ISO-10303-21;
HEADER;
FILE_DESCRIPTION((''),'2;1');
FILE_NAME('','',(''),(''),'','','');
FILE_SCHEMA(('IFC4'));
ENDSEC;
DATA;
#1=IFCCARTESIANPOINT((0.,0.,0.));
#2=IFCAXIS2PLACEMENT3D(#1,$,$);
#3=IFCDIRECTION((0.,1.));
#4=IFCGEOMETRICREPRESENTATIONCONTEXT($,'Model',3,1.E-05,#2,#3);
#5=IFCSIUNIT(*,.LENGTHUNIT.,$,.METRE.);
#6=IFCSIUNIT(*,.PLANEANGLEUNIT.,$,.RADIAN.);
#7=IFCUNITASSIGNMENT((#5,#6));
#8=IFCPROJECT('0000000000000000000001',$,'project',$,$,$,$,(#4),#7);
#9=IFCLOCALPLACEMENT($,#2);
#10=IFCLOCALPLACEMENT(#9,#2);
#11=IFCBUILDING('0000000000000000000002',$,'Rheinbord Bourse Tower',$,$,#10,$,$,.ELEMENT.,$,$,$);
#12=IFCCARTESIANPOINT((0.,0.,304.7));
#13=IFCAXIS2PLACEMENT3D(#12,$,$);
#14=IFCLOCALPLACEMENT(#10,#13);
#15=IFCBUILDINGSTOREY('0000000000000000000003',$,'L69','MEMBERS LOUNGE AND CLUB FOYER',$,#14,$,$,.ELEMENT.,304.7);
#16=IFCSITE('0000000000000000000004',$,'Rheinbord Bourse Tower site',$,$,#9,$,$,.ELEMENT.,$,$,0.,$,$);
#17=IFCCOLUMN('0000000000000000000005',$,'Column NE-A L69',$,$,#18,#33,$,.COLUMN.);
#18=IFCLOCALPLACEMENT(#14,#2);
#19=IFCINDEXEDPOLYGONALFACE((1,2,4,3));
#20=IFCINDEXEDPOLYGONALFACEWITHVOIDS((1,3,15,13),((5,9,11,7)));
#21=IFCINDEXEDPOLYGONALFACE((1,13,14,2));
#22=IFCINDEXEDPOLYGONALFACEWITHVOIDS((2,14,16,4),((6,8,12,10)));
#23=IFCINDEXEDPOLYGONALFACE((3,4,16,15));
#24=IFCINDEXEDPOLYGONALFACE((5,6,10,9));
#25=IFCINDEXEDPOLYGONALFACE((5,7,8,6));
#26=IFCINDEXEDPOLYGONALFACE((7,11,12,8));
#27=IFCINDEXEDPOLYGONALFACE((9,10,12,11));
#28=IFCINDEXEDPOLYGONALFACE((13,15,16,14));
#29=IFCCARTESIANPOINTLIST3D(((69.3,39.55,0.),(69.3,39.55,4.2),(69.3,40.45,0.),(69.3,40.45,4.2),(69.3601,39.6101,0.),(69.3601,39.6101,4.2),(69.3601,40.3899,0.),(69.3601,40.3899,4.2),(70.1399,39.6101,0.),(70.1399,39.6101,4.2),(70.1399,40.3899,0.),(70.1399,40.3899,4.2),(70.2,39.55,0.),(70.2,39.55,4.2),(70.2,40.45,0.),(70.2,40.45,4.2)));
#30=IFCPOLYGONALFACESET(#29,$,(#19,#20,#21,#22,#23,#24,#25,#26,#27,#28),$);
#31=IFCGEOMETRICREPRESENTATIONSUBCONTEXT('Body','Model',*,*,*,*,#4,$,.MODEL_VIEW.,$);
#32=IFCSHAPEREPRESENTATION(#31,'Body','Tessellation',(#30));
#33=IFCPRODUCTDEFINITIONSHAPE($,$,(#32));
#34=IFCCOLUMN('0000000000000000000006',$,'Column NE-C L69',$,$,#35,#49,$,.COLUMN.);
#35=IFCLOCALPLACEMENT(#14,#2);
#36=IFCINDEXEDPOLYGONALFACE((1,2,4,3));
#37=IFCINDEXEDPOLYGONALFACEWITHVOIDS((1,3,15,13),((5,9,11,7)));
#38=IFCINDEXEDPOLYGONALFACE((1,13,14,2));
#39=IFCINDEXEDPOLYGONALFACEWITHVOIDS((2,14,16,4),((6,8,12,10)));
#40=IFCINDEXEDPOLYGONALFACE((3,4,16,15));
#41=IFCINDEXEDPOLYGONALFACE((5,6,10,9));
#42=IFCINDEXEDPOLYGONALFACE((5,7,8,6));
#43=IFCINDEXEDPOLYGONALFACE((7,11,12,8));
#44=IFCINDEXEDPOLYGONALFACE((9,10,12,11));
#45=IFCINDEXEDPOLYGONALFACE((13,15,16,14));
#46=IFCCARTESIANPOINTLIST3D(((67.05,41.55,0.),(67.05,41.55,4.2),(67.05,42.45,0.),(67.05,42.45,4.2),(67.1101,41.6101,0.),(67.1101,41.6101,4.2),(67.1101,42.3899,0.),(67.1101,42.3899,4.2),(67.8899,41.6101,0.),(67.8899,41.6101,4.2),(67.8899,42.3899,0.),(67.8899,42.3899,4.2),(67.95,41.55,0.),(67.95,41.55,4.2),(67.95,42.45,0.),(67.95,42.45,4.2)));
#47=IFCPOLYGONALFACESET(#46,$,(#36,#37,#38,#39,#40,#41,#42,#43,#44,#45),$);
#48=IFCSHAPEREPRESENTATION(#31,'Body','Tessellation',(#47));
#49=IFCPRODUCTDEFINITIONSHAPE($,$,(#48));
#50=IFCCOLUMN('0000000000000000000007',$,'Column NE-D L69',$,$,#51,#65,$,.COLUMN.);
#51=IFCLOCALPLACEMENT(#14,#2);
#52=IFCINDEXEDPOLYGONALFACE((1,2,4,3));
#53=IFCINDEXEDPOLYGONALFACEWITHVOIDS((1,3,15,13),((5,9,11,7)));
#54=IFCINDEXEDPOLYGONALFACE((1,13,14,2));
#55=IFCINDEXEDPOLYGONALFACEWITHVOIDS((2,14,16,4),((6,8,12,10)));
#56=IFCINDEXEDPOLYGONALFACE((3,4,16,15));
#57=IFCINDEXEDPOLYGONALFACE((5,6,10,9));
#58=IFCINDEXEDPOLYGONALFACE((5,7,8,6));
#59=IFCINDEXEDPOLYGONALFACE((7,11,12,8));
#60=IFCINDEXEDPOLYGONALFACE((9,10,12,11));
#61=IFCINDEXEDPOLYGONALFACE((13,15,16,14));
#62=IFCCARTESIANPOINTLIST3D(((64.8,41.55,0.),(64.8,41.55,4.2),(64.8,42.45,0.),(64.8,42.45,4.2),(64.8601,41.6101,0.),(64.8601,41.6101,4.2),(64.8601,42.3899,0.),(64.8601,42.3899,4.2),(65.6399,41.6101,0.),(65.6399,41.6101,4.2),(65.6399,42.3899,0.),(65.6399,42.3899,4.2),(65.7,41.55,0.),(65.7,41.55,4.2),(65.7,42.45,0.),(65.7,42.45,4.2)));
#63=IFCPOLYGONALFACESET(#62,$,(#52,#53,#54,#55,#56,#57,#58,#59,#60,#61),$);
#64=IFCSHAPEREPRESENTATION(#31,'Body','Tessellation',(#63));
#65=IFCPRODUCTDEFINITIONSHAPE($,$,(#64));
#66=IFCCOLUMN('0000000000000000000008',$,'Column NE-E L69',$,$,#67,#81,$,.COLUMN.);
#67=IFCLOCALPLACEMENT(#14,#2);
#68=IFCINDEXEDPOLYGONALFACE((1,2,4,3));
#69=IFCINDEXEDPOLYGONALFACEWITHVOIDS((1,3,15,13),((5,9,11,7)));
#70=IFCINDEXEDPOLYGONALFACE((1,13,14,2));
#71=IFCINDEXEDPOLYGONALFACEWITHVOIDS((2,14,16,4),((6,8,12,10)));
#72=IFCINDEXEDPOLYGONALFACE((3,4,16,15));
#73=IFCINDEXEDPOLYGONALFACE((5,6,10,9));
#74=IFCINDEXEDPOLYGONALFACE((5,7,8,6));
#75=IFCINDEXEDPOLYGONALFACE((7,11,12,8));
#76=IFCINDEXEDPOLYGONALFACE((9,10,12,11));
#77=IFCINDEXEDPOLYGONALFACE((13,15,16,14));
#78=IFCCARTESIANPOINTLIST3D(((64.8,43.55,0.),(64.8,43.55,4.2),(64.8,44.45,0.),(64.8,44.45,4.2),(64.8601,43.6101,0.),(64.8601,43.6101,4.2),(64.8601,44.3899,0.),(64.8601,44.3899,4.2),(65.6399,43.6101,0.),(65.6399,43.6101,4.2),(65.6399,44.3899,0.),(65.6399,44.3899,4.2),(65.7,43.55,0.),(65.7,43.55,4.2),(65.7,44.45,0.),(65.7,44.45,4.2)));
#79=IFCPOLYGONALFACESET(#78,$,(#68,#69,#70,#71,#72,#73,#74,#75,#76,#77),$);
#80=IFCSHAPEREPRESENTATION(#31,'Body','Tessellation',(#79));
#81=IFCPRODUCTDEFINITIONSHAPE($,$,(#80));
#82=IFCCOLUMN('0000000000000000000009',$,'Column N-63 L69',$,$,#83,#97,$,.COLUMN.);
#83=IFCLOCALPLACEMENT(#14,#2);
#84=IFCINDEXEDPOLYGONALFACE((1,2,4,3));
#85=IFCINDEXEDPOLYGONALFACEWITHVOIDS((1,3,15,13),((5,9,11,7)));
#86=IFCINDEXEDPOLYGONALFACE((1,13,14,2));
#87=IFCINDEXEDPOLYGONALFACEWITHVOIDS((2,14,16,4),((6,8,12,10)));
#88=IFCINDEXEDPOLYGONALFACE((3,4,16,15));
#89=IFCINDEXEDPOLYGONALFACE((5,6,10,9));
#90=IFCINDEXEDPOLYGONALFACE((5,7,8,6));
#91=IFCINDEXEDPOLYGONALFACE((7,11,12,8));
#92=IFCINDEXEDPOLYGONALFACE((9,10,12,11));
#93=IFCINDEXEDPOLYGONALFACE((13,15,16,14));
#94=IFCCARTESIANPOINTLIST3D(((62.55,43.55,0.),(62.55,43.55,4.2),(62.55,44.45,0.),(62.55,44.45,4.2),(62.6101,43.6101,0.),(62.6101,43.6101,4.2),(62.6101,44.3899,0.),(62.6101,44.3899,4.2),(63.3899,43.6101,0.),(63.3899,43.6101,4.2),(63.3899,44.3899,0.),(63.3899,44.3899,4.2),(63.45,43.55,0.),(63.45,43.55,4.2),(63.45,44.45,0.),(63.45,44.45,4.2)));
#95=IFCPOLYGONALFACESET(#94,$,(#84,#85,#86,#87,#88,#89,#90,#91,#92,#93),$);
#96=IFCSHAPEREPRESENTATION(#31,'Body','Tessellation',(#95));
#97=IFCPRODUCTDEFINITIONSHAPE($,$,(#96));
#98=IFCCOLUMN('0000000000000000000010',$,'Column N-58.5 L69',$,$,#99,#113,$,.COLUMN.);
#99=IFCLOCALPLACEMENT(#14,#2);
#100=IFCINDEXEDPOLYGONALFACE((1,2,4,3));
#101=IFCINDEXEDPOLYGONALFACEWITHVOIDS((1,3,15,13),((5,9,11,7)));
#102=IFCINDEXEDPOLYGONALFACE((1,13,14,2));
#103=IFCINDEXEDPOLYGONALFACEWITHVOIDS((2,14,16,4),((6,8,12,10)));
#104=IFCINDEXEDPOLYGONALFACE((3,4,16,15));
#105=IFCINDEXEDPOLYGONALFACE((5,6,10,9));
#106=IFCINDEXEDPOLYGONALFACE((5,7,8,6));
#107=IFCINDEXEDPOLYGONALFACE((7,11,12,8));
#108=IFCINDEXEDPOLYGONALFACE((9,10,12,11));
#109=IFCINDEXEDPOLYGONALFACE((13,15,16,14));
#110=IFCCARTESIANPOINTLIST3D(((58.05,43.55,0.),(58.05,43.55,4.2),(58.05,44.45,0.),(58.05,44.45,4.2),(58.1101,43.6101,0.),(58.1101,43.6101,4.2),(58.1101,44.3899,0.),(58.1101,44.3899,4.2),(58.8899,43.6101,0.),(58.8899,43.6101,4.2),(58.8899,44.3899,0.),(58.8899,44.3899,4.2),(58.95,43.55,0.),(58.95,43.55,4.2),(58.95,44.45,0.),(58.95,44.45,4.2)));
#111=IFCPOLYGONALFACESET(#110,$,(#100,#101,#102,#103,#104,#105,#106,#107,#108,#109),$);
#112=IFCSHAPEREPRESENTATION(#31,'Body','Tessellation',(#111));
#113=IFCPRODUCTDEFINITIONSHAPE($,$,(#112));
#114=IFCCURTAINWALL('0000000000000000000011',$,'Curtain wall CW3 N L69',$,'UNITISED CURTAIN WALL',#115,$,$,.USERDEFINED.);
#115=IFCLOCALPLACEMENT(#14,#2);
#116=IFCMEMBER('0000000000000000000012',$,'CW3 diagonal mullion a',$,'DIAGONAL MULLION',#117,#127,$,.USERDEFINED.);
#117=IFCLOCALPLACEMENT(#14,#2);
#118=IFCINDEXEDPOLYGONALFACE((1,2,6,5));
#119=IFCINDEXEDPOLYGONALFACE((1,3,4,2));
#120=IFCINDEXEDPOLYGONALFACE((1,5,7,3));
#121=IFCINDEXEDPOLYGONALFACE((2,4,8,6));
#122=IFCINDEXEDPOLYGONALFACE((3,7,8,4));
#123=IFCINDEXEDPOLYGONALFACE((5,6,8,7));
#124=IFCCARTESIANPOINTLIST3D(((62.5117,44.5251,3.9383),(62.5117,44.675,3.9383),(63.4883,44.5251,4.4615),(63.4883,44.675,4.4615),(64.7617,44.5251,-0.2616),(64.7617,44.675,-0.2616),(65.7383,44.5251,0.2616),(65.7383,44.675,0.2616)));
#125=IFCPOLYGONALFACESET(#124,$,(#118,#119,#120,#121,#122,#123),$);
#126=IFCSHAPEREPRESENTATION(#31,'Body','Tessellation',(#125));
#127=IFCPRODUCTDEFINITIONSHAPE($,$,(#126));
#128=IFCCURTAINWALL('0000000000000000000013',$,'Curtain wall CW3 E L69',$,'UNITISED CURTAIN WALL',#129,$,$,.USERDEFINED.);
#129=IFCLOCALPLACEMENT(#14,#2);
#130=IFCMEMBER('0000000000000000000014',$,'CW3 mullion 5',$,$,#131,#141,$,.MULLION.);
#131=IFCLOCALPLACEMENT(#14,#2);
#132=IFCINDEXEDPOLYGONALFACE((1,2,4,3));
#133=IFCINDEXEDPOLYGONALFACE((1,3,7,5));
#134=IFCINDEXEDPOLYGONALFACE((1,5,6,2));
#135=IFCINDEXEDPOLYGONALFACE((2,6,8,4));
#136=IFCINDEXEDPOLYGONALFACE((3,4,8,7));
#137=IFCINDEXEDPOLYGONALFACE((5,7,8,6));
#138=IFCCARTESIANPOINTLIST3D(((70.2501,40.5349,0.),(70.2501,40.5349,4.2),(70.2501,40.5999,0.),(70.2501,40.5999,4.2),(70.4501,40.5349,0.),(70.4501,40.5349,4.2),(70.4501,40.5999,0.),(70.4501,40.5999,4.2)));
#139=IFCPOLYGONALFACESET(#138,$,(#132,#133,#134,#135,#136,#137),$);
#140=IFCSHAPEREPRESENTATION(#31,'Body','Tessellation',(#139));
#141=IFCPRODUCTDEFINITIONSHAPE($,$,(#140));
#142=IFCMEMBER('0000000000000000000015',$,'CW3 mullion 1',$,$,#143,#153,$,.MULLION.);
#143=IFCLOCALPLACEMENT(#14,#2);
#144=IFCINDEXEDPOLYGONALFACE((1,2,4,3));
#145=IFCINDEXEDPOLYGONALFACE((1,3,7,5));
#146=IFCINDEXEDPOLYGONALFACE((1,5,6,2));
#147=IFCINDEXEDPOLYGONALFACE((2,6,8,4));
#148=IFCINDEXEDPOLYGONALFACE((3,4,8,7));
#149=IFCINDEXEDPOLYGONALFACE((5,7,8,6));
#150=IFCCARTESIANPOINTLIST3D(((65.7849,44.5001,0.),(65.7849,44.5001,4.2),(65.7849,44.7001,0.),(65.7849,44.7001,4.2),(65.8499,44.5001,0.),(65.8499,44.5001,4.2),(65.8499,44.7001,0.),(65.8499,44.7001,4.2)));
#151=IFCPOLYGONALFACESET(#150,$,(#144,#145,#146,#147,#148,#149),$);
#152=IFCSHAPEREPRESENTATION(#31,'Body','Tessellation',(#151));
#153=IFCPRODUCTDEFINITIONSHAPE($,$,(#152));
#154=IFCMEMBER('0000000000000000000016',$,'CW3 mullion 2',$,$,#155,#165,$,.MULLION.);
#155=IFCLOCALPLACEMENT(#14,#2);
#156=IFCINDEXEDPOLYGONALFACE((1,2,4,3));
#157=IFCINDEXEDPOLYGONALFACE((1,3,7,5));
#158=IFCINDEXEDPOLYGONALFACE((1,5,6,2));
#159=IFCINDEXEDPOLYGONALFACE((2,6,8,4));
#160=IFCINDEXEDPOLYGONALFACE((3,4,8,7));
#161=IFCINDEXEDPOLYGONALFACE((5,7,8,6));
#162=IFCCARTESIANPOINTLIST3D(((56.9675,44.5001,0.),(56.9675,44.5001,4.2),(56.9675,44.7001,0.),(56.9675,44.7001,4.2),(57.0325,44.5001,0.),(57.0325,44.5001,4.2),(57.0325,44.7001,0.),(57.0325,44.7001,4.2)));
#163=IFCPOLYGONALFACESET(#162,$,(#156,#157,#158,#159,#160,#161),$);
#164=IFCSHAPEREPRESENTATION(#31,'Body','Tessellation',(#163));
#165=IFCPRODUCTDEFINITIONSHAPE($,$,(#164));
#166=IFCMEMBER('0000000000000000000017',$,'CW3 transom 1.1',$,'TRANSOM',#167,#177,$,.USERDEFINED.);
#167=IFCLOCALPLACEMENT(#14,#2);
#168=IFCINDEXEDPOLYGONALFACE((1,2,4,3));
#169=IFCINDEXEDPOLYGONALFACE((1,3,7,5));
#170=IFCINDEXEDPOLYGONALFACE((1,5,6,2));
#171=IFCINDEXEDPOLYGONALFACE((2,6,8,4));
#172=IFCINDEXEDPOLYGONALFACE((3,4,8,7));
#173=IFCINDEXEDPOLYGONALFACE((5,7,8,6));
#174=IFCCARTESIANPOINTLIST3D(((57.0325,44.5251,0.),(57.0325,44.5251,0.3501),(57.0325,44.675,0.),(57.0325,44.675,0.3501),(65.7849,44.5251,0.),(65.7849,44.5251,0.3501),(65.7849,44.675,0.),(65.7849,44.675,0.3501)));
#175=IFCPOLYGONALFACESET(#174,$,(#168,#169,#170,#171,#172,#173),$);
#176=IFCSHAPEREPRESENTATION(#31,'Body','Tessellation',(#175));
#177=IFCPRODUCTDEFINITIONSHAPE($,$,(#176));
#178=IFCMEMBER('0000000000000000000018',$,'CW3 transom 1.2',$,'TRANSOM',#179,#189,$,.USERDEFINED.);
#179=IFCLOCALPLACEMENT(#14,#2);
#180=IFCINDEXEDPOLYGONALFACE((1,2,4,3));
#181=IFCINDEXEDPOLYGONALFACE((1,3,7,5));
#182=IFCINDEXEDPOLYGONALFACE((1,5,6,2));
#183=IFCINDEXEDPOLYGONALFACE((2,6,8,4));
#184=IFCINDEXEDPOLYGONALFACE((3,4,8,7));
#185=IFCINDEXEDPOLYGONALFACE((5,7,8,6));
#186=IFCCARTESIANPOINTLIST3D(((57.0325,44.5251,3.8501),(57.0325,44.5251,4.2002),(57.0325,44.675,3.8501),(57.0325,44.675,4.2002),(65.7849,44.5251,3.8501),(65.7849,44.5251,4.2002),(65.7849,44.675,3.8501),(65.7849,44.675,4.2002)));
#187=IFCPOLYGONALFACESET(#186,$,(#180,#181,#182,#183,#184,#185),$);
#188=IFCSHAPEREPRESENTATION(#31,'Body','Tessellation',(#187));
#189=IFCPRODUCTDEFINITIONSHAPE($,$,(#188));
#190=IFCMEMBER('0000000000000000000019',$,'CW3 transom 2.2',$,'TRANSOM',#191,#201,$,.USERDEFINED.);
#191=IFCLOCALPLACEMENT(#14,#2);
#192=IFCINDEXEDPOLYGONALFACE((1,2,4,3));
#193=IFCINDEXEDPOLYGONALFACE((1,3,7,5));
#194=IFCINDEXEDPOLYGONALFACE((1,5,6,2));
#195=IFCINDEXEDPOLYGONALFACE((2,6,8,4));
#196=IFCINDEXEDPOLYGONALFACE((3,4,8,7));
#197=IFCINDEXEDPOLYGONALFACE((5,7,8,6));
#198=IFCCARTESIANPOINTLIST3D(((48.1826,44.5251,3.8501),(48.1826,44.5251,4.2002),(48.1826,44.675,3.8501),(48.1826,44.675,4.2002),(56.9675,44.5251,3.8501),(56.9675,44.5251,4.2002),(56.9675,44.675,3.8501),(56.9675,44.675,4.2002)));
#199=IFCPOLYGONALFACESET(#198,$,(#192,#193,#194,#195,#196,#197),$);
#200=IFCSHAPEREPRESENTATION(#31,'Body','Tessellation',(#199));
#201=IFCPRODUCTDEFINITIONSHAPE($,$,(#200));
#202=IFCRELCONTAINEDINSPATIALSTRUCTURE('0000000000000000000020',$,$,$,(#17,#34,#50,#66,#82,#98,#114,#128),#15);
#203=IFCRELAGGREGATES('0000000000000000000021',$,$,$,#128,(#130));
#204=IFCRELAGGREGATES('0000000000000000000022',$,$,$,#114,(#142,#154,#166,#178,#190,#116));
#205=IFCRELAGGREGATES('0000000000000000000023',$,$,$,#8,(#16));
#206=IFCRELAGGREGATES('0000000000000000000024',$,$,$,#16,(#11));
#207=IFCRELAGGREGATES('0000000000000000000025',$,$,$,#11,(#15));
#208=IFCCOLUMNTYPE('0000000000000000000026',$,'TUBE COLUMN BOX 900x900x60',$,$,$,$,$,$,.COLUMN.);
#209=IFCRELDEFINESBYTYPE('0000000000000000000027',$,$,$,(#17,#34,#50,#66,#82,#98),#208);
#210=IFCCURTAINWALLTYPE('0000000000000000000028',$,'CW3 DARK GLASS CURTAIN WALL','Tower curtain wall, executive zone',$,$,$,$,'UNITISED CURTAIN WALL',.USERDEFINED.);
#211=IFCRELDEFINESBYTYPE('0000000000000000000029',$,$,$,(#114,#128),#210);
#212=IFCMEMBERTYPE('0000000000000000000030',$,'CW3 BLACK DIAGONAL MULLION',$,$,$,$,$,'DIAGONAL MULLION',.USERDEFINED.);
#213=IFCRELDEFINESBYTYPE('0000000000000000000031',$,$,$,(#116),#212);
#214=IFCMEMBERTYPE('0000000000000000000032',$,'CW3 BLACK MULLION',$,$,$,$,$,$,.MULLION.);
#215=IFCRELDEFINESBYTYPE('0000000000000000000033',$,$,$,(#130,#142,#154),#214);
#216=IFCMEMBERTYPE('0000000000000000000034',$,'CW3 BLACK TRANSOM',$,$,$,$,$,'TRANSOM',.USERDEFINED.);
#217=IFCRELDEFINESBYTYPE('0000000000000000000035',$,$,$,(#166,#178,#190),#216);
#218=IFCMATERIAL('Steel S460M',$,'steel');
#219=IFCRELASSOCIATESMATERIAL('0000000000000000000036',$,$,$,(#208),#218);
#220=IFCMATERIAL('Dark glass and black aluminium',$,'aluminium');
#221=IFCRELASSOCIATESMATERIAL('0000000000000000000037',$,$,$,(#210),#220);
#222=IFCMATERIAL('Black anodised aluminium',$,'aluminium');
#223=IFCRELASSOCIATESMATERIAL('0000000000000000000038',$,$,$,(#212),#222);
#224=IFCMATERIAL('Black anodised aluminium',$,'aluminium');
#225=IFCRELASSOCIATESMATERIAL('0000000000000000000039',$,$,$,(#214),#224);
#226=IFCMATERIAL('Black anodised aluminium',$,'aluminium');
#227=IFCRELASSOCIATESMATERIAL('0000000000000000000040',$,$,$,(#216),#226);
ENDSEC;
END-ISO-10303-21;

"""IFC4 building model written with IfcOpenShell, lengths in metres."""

from ifc_helpers import new_model, si_unit, direction, frame, origin, origin_2d, place, context, subcontext, project, spatial, rectangle, hollow_rectangle, extrude, material, material_profile, profile_set, type_object, element, aggregate, save


model = new_model("IFC4")

# Units and contexts
model_context = context("Model", 3, precision=1e-05, world=origin(), true_north=direction((0.0, 1.0)))
body_context = subcontext(model_context, "Body", "Model", "MODEL_VIEW")
ifc_project = project(units=[si_unit("LENGTHUNIT", "METRE"), si_unit("PLANEANGLEUNIT", "RADIAN")], contexts=[model_context])

# Site, building, storey
site_placement = place(None, origin())
site = spatial("IfcSite", under=ifc_project, at=site_placement, Name="Rheinbord Bourse Tower site", CompositionType="ELEMENT", RefElevation=0.0)
building_placement = place(site_placement, origin())
building = spatial("IfcBuilding", under=site, at=building_placement, Name="Rheinbord Bourse Tower", CompositionType="ELEMENT")
storey_placement = place(building_placement, frame((0.0, 0.0, 304.7)))
storey = spatial("IfcBuildingStorey", under=building, at=storey_placement, Name="L69", Description="MEMBERS LOUNGE AND CLUB FOYER", CompositionType="ELEMENT", Elevation=304.7)

# Columns
ifc_material_1 = material(Name="Steel S460M", Category="steel")
ifc_material_profile_1 = material_profile(ifc_material_1, hollow_rectangle(XDim=0.8999, YDim=0.8999, WallThickness=0.0601, at=origin_2d()), Name="BOX 900x900x60")
ifc_profile_set_1 = profile_set([ifc_material_profile_1], Name="Steel S460M")
column_type = type_object("IfcColumnType", Name="TUBE COLUMN BOX 900x900x60", PredefinedType="COLUMN", material=ifc_profile_set_1)
for number, where, z_axis, x_axis, name in (
    (1, (69.75, 40.0, 0.0), (0.0, 0.0, 1.0), (1.0, 0.0, 0.0), "Column NE-A L69"),
    (2, (67.5, 42.0, 0.0), (0.0, 0.0, 1.0), (1.0, 0.0, 0.0), "Column NE-C L69"),
    (3, (65.25, 42.0, 0.0), (0.0, 0.0, 1.0), (0.0, 1.0, 0.0), "Column NE-D L69"),
    (4, (65.25, 44.0, 0.0), (0.0, 0.0, 1.0), (0.0, 1.0, 0.0), "Column NE-E L69"),
    (5, (63.0, 44.0, 0.0), (0.0, 0.0, 1.0), (0.0, 1.0, 0.0), "Column N-63 L69"),
    (6, (58.5, 44.0, 0.0), (0.0, 0.0, 1.0), (0.0, 1.0, 0.0), "Column N-58.5 L69"),
):
    element("IfcColumn", number, at=place(storey_placement, frame(where, z_axis=z_axis, x_axis=x_axis)), inside=storey, type_object=column_type, Name=name, PredefinedType="COLUMN", context=body_context, shape_type="SweptSolid", body=[
        extrude(hollow_rectangle(XDim=0.8999, YDim=0.8999, WallThickness=0.0601, at=origin_2d()), origin(), (0.0, 0.0, 1.0), 4.2),
    ])

# Curtain walls, members
ifc_material_2 = material(Name="Dark glass and black aluminium", Category="aluminium")
curtain_wall_type = type_object("IfcCurtainWallType", Name="CW3 DARK GLASS CURTAIN WALL", Description="Tower curtain wall, executive zone", ElementType="UNITISED CURTAIN WALL", PredefinedType="USERDEFINED", material=ifc_material_2)
curtain_wall_1_placement = place(storey_placement, origin())
curtain_wall_1 = element("IfcCurtainWall", 7, at=curtain_wall_1_placement, inside=storey, type_object=curtain_wall_type, Name="Curtain wall CW3 N L69", ObjectType="UNITISED CURTAIN WALL", PredefinedType="USERDEFINED")
ifc_material_3 = material(Name="Black anodised aluminium", Category="aluminium")
ifc_material_profile_2 = material_profile(ifc_material_3, rectangle(XDim=0.1499, YDim=1.1079, at=origin_2d()), Name="CW3 DIAGONAL MULLION 1108x150")
ifc_profile_set_2 = profile_set([ifc_material_profile_2], Name="Black anodised aluminium")
member_type_1 = type_object("IfcMemberType", Name="CW3 BLACK DIAGONAL MULLION", ElementType="DIAGONAL MULLION", PredefinedType="USERDEFINED", material=ifc_profile_set_2)
member_1_placement = place(storey_placement, frame((65.25, 44.6001, 0.0), z_axis=(-0.472226, 0.0, 0.881478), x_axis=(0.0, -1.0, 0.0)))
member_1 = element("IfcMember", 8, at=member_1_placement, type_object=member_type_1, Name="CW3 diagonal mullion a", ObjectType="DIAGONAL MULLION", PredefinedType="USERDEFINED", context=body_context, shape_type="SweptSolid", body=[
    extrude(rectangle(XDim=0.1499, YDim=1.1079, at=origin_2d()), origin(), (0.0, 0.0, 1.0), 4.7646),
])
curtain_wall_2_placement = place(storey_placement, origin())
curtain_wall_2 = element("IfcCurtainWall", 9, at=curtain_wall_2_placement, inside=storey, type_object=curtain_wall_type, Name="Curtain wall CW3 E L69", ObjectType="UNITISED CURTAIN WALL", PredefinedType="USERDEFINED")
ifc_material_4 = material(Name="Black anodised aluminium", Category="aluminium")
ifc_material_profile_3 = material_profile(ifc_material_4, rectangle(XDim=0.2, YDim=0.0649, at=origin_2d()), Name="CW3 MULLION 65x200")
ifc_profile_set_3 = profile_set([ifc_material_profile_3], Name="Black anodised aluminium")
member_type_2 = type_object("IfcMemberType", Name="CW3 BLACK MULLION", PredefinedType="MULLION", material=ifc_profile_set_3)
member_2_placement = place(storey_placement, frame((70.3501, 40.5674, 0.0), z_axis=(0.0, 0.0, 1.0), x_axis=(-1.0, 0.0, 0.0)))
member_2 = element("IfcMember", 10, at=member_2_placement, type_object=member_type_2, Name="CW3 mullion 5", PredefinedType="MULLION", context=body_context, shape_type="SweptSolid", body=[
    extrude(rectangle(XDim=0.2, YDim=0.0649, at=origin_2d()), origin(), (0.0, 0.0, 1.0), 4.2),
])

# Members
member_3_placement = place(storey_placement, frame((65.8174, 44.6001, 0.0), z_axis=(0.0, 0.0, 1.0), x_axis=(0.0, -1.0, 0.0)))
member_3 = element("IfcMember", 11, at=member_3_placement, type_object=member_type_2, Name="CW3 mullion 1", PredefinedType="MULLION", context=body_context, shape_type="SweptSolid", body=[
    extrude(rectangle(XDim=0.2, YDim=0.0649, at=origin_2d()), origin(), (0.0, 0.0, 1.0), 4.2),
])
member_4_placement = place(storey_placement, frame((57.0, 44.6001, 0.0), z_axis=(0.0, 0.0, 1.0), x_axis=(0.0, -1.0, 0.0)))
member_4 = element("IfcMember", 12, at=member_4_placement, type_object=member_type_2, Name="CW3 mullion 2", PredefinedType="MULLION", context=body_context, shape_type="SweptSolid", body=[
    extrude(rectangle(XDim=0.2, YDim=0.0649, at=origin_2d()), origin(), (0.0, 0.0, 1.0), 4.2),
])
ifc_material_5 = material(Name="Black anodised aluminium", Category="aluminium")
ifc_material_profile_4 = material_profile(ifc_material_5, rectangle(XDim=0.1499, YDim=0.3501, at=origin_2d()), Name="CW3 TRANSOM 350x150")
ifc_profile_set_4 = profile_set([ifc_material_profile_4], Name="Black anodised aluminium")
member_type_3 = type_object("IfcMemberType", Name="CW3 BLACK TRANSOM", ElementType="TRANSOM", PredefinedType="USERDEFINED", material=ifc_profile_set_4)
member_5_placement = place(storey_placement, frame((65.7849, 44.6001, 0.175), z_axis=(-1.0, 0.0, 0.0), x_axis=(0.0, -1.0, 0.0)))
member_5 = element("IfcMember", 13, at=member_5_placement, type_object=member_type_3, Name="CW3 transom 1.1", ObjectType="TRANSOM", PredefinedType="USERDEFINED", context=body_context, shape_type="SweptSolid", body=[
    extrude(rectangle(XDim=0.1499, YDim=0.3501, at=origin_2d()), origin(), (0.0, 0.0, 1.0), 8.7524),
])
member_6_placement = place(storey_placement, frame((65.7849, 44.6001, 4.0251), z_axis=(-1.0, 0.0, 0.0), x_axis=(0.0, -1.0, 0.0)))
member_6 = element("IfcMember", 14, at=member_6_placement, type_object=member_type_3, Name="CW3 transom 1.2", ObjectType="TRANSOM", PredefinedType="USERDEFINED", context=body_context, shape_type="SweptSolid", body=[
    extrude(rectangle(XDim=0.1499, YDim=0.3501, at=origin_2d()), origin(), (0.0, 0.0, 1.0), 8.7524),
])
member_7_placement = place(storey_placement, frame((56.9675, 44.6001, 4.0251), z_axis=(-1.0, 0.0, 0.0), x_axis=(0.0, -1.0, 0.0)))
member_7 = element("IfcMember", 15, at=member_7_placement, type_object=member_type_3, Name="CW3 transom 2.2", ObjectType="TRANSOM", PredefinedType="USERDEFINED", context=body_context, shape_type="SweptSolid", body=[
    extrude(rectangle(XDim=0.1499, YDim=0.3501, at=origin_2d()), origin(), (0.0, 0.0, 1.0), 8.7849),
])

aggregate(curtain_wall_2, [member_2])
aggregate(curtain_wall_1, [member_3, member_4, member_5, member_6, member_7, member_1])

save(model, "model.ifc")
